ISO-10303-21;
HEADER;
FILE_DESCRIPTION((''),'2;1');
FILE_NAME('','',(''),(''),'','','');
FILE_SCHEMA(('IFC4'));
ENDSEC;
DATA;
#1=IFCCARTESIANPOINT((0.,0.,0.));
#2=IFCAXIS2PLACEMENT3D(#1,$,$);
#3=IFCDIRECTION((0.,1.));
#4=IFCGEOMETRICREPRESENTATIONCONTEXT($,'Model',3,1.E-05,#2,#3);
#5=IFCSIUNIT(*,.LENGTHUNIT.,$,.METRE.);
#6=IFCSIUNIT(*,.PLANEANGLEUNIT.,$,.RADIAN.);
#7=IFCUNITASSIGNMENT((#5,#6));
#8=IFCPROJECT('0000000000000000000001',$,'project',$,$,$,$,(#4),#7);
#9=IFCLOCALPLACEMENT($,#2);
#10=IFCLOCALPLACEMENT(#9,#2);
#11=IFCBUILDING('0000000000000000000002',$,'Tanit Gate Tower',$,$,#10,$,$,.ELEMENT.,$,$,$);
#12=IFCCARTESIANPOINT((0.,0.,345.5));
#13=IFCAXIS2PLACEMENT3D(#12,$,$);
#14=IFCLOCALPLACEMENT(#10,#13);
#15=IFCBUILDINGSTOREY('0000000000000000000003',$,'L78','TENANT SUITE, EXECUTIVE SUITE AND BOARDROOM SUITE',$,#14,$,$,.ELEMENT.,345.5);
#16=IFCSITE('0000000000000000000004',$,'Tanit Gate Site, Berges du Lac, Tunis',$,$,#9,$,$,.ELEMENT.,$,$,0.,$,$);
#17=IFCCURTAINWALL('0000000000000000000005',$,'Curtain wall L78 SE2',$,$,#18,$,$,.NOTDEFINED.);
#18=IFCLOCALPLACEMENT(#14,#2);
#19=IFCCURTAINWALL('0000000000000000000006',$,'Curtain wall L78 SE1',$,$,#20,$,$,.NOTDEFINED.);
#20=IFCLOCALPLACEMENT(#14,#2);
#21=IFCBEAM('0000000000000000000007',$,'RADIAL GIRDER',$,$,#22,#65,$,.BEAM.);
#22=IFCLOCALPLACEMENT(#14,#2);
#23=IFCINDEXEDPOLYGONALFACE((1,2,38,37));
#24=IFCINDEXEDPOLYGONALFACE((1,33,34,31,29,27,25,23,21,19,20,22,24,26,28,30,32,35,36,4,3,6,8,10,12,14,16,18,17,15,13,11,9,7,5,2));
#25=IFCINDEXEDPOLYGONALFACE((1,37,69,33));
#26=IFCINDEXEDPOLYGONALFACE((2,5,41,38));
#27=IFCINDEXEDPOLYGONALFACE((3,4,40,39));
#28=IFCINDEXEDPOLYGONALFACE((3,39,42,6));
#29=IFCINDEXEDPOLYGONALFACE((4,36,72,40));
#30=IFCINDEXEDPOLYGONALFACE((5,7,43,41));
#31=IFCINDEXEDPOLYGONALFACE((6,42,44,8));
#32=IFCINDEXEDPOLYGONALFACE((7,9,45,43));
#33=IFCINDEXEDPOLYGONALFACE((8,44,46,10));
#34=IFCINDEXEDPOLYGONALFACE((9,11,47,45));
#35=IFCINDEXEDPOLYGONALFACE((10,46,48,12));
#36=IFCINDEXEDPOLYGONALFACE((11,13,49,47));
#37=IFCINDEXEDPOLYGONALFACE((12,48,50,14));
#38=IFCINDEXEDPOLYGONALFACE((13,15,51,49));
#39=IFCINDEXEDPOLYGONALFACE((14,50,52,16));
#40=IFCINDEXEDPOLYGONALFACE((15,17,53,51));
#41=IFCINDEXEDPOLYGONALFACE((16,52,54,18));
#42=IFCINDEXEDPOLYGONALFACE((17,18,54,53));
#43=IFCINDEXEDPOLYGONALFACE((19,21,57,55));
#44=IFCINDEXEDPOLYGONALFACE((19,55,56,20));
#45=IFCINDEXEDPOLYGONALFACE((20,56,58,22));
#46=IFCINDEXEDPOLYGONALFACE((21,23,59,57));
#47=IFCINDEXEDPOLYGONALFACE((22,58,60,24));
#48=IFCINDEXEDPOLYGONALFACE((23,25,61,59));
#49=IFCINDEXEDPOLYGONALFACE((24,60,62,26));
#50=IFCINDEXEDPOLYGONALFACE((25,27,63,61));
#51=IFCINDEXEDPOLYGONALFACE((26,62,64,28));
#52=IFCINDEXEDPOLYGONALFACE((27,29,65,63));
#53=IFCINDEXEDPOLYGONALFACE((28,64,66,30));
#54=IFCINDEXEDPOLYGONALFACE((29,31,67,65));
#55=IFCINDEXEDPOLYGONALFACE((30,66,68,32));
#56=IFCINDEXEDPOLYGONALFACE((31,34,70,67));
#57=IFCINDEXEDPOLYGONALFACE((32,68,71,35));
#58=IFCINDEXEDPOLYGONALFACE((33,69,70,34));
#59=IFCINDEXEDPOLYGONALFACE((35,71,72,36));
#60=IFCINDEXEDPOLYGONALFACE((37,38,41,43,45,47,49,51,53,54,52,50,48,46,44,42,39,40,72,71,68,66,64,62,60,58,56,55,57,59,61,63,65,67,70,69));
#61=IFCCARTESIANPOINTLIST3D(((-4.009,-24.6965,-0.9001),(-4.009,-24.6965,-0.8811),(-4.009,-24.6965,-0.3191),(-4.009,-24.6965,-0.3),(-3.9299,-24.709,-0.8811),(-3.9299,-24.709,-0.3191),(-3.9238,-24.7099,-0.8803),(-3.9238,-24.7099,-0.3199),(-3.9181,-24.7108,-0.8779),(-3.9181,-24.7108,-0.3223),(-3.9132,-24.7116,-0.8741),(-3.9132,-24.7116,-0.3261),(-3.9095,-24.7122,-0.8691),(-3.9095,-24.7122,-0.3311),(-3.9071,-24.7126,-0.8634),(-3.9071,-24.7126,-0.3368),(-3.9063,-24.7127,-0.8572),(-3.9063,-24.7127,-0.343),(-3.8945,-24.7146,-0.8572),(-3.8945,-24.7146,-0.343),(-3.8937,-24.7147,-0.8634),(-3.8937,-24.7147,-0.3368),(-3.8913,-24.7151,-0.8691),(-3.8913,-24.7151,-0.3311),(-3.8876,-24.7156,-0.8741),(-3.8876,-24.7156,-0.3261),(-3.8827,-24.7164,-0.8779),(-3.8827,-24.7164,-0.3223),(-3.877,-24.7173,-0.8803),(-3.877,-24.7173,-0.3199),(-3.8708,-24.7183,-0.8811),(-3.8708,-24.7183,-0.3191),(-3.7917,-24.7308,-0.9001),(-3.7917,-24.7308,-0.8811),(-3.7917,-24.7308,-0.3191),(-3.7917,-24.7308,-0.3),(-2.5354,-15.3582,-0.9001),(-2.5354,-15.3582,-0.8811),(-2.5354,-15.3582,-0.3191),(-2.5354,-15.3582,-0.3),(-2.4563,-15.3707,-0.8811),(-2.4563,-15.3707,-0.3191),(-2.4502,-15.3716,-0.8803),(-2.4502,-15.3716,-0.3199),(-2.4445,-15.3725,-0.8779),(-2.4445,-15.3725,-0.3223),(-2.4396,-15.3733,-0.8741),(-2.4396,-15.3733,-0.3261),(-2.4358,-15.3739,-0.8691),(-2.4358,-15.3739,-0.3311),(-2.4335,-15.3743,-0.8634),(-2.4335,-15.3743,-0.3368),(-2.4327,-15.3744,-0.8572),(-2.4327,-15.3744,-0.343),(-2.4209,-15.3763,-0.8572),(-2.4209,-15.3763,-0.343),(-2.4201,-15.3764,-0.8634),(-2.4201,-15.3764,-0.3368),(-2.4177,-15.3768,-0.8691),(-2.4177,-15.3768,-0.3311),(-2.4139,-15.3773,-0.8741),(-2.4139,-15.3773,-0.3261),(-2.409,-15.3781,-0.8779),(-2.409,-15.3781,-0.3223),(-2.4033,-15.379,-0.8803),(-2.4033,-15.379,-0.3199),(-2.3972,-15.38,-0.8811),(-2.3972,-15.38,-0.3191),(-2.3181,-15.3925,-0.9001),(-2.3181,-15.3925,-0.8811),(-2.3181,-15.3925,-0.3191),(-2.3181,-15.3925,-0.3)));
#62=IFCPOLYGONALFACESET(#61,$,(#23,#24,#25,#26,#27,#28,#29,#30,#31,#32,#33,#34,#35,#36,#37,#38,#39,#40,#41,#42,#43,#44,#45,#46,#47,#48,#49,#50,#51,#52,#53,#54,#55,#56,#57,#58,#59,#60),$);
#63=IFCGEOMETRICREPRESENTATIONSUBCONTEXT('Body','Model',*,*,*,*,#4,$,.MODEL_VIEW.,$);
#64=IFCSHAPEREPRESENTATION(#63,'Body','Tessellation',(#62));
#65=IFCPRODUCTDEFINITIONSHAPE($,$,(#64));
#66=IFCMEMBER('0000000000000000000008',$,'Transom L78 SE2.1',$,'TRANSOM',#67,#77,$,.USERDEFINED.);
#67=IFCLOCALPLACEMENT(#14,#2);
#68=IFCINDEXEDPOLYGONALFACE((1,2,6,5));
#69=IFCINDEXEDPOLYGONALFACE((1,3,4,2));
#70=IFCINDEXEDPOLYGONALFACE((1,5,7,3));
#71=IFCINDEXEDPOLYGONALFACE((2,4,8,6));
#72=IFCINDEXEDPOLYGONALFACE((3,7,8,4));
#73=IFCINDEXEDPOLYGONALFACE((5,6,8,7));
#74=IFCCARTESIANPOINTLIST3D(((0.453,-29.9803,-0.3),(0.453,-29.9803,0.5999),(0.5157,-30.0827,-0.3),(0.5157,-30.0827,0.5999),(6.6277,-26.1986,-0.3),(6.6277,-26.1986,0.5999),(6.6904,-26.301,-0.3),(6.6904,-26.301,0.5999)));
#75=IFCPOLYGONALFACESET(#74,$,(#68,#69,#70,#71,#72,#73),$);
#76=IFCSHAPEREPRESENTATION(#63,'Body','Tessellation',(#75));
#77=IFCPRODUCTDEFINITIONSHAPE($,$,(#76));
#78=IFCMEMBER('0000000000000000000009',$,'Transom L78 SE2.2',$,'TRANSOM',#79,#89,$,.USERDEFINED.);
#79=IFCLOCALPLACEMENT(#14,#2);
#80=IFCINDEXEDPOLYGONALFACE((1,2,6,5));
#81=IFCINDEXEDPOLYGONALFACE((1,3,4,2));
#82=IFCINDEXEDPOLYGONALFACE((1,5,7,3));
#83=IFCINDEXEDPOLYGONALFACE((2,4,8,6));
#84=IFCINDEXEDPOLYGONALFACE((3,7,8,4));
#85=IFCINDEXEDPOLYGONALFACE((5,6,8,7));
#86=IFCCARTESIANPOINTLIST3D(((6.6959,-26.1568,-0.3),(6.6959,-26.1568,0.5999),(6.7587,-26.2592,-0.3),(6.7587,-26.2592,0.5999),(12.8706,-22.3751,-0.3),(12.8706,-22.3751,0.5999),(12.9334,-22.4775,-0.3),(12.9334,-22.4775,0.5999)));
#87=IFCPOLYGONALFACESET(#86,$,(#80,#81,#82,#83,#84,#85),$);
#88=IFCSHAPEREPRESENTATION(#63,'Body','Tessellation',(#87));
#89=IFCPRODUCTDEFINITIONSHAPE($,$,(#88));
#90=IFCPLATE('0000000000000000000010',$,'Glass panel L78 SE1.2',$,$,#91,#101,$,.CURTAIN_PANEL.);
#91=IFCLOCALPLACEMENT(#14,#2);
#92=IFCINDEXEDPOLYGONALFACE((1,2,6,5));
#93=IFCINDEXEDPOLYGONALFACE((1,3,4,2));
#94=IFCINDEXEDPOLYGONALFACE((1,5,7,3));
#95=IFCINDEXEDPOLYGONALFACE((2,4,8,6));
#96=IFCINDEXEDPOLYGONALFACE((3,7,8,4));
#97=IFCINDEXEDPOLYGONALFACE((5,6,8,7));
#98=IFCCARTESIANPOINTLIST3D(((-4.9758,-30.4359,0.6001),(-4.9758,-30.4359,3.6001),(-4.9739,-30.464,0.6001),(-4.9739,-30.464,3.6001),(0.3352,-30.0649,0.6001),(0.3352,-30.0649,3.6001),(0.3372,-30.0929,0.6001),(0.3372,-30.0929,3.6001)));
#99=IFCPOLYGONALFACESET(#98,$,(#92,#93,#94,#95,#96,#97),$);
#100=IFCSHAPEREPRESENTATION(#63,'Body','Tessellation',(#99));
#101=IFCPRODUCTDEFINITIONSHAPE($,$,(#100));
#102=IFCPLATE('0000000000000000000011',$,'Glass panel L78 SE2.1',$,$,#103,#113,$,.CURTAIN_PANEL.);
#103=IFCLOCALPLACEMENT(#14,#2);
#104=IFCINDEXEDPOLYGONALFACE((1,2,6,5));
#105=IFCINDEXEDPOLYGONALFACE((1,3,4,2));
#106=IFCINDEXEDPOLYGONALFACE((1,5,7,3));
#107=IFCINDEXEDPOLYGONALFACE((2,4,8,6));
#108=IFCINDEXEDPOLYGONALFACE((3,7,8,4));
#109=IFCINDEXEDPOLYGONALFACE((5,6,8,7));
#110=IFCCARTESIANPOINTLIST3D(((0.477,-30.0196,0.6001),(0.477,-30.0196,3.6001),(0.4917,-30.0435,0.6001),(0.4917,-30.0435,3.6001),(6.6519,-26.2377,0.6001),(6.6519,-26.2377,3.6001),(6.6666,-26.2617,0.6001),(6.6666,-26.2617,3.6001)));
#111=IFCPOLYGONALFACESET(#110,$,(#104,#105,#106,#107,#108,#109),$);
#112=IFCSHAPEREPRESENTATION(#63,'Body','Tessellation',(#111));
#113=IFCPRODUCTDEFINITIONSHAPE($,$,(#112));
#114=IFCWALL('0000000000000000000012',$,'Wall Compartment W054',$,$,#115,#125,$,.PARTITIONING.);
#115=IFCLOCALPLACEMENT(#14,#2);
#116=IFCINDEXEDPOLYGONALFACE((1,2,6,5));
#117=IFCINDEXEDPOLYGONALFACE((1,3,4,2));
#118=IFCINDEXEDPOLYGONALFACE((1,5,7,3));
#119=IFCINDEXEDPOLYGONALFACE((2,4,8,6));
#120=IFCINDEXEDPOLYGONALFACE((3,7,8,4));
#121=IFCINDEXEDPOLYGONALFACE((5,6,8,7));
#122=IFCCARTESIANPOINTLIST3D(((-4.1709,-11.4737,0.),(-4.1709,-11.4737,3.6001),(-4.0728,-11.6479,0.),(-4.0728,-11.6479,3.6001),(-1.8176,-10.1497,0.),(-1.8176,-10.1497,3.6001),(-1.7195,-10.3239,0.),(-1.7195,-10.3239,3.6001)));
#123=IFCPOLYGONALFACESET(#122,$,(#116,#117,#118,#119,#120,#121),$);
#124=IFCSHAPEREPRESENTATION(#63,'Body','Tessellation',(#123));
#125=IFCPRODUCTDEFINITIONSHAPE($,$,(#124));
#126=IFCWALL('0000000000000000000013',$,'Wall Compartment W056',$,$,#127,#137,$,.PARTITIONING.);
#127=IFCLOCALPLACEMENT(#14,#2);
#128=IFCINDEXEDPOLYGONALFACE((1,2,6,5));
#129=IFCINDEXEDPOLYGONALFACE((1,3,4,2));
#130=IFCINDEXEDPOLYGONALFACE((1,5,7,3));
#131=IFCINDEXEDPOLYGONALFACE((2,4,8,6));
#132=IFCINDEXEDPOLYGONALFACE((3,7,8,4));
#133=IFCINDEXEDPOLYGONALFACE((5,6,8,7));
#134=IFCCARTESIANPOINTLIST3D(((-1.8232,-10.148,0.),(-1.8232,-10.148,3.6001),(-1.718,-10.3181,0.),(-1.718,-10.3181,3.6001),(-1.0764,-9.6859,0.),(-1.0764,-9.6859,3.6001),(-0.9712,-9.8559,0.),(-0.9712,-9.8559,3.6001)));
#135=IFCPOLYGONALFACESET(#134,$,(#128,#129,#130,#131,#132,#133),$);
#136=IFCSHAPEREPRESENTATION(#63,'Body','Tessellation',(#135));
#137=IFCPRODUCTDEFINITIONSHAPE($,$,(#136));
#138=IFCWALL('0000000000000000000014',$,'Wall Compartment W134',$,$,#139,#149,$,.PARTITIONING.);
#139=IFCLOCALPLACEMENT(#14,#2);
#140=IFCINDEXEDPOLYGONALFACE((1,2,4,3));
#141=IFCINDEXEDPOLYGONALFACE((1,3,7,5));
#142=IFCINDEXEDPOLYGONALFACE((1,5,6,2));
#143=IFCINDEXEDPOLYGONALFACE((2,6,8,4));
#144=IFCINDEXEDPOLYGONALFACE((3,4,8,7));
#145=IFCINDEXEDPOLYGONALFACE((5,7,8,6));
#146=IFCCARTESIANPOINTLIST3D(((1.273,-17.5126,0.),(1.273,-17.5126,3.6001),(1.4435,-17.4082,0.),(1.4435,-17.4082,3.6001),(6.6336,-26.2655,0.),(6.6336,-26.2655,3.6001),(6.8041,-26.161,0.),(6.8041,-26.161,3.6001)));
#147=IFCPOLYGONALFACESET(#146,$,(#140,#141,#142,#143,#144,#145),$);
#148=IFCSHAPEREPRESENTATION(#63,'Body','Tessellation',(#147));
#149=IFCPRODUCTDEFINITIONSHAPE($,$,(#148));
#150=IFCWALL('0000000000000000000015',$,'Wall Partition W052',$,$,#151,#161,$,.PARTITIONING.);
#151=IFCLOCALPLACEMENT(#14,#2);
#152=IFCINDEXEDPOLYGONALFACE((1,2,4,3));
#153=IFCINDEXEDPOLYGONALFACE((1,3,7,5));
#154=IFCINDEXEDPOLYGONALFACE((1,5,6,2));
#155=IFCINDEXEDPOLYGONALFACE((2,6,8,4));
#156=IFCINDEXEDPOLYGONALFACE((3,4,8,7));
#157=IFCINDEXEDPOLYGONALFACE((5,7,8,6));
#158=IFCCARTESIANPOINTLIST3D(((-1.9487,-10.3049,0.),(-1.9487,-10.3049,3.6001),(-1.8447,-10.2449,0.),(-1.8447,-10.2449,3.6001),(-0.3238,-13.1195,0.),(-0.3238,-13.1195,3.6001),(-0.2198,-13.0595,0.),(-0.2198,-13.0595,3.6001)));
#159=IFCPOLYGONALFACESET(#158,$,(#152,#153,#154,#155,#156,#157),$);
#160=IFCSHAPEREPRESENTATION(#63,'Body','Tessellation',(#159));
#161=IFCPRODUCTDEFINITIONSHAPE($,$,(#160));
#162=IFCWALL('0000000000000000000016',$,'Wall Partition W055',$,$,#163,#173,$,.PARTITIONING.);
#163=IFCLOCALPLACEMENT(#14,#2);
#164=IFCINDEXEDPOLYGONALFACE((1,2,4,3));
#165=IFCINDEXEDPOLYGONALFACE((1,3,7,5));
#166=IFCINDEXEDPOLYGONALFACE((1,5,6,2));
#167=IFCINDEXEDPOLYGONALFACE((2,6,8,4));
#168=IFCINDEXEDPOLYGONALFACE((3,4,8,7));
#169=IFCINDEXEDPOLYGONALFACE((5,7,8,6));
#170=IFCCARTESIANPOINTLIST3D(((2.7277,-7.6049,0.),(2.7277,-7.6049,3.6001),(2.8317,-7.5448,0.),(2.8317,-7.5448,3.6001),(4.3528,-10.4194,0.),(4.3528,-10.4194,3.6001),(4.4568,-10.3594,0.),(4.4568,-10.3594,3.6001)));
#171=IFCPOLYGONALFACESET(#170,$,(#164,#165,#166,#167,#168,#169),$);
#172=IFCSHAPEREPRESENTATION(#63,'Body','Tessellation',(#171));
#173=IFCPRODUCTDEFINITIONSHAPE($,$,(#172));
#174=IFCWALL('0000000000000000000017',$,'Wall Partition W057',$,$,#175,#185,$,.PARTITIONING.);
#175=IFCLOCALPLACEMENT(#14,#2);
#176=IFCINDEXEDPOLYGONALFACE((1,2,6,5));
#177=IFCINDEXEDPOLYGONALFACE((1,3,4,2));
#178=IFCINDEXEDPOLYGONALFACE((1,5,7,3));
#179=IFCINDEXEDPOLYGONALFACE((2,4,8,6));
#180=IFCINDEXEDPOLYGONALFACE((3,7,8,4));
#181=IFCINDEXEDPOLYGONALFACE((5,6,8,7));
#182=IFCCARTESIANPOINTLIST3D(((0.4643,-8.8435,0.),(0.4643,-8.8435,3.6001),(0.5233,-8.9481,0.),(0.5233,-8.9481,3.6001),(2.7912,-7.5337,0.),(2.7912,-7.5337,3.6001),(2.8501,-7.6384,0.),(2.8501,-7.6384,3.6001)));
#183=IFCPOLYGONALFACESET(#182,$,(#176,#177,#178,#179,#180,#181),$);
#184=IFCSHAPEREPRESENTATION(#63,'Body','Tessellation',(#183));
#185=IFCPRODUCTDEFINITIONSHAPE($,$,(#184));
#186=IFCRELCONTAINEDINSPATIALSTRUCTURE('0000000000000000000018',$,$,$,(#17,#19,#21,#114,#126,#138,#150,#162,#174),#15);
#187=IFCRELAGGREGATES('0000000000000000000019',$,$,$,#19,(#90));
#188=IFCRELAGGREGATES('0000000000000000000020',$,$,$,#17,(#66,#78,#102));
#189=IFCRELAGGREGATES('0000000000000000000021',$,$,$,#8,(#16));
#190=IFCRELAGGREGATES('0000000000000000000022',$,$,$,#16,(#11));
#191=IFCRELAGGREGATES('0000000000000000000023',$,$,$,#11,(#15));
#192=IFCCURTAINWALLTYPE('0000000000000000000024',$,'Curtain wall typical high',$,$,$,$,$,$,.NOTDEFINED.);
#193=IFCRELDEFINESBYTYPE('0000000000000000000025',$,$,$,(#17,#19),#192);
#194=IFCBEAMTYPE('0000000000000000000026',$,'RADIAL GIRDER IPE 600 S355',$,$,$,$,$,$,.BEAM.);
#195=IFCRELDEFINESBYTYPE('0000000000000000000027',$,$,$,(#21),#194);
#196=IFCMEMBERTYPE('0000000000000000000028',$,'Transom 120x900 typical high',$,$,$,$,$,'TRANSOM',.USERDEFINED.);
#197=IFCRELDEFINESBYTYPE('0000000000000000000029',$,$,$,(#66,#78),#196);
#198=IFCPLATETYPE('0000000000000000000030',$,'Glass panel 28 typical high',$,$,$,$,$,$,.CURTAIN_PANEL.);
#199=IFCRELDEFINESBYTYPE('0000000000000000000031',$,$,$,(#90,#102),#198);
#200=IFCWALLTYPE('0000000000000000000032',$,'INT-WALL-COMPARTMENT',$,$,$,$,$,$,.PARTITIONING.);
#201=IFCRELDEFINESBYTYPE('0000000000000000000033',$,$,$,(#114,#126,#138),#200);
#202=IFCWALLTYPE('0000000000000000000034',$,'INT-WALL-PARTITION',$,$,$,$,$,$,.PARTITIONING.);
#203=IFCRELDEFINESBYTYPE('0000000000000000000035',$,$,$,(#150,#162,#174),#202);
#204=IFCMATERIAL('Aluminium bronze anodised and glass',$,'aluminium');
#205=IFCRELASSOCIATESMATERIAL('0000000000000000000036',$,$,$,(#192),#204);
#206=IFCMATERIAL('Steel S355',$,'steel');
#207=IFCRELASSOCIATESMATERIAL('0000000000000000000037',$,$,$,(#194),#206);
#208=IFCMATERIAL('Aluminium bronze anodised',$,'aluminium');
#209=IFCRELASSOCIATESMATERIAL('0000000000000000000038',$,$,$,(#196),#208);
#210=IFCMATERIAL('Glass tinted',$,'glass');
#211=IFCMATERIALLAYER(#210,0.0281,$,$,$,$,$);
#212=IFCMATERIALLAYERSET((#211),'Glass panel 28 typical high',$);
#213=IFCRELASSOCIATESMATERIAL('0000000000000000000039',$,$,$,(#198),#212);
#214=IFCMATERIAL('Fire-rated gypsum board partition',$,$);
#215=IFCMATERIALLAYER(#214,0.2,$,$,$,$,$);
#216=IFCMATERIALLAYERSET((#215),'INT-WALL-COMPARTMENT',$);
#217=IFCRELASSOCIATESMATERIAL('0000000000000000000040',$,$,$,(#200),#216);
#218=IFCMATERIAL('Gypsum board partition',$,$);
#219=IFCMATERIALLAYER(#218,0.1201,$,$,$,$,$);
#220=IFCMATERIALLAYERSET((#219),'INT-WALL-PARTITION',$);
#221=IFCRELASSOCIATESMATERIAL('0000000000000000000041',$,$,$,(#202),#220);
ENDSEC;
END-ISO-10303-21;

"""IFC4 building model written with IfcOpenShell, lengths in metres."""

from ifc_helpers import new_model, si_unit, direction, frame, frame_2d, origin, origin_2d, place, context, subcontext, project, spatial, rectangle, i_section, extrude, material, layer, layer_set, material_profile, profile_set, type_object, element, aggregate, save


model = new_model("IFC4")

# Units and contexts
model_context = context("Model", 3, precision=1e-05, world=origin(), true_north=direction((0.0, 1.0)))
body_context = subcontext(model_context, "Body", "Model", "MODEL_VIEW")
ifc_project = project(units=[si_unit("LENGTHUNIT", "METRE"), si_unit("PLANEANGLEUNIT", "RADIAN")], contexts=[model_context])

# Site, building, storey
site_placement = place(None, origin())
site = spatial("IfcSite", under=ifc_project, at=site_placement, Name="Tanit Gate Site, Berges du Lac, Tunis", CompositionType="ELEMENT", RefElevation=0.0)
building_placement = place(site_placement, origin())
building = spatial("IfcBuilding", under=site, at=building_placement, Name="Tanit Gate Tower", CompositionType="ELEMENT")
storey_placement = place(building_placement, frame((0.0, 0.0, 345.5)))
storey = spatial("IfcBuildingStorey", under=building, at=storey_placement, Name="L78", Description="TENANT SUITE, EXECUTIVE SUITE AND BOARDROOM SUITE", CompositionType="ELEMENT", Elevation=345.5)

# Curtain wall
ifc_material_1 = material(Name="Aluminium bronze anodised and glass", Category="aluminium")
curtain_wall_type = type_object("IfcCurtainWallType", Name="Curtain wall typical high", PredefinedType="NOTDEFINED", material=ifc_material_1)
curtain_wall_1_placement = place(storey_placement, origin())
curtain_wall_1 = element("IfcCurtainWall", 1, at=curtain_wall_1_placement, inside=storey, type_object=curtain_wall_type, Name="Curtain wall L78 SE2", PredefinedType="NOTDEFINED")

# Curtain wall
curtain_wall_2_placement = place(storey_placement, origin())
curtain_wall_2 = element("IfcCurtainWall", 2, at=curtain_wall_2_placement, inside=storey, type_object=curtain_wall_type, Name="Curtain wall L78 SE1", PredefinedType="NOTDEFINED")

# Beam
ifc_material_2 = material(Name="Steel S355", Category="steel")
ifc_material_profile_1 = material_profile(ifc_material_2, i_section(OverallWidth=0.22, OverallDepth=0.6001, WebThickness=0.012, FlangeThickness=0.019, FilletRadius=0.0239, at=origin_2d()), Name="IPE 600")
ifc_profile_set_1 = profile_set([ifc_material_profile_1], Name="Steel S355")
beam_type_1 = type_object("IfcBeamType", Name="RADIAL GIRDER IPE 600 S355", PredefinedType="BEAM", material=ifc_profile_set_1)
beam_1_placement = place(storey_placement, frame((-3.9004, -24.7136, -0.6001), z_axis=(0.155875, 0.987777, 0.0), x_axis=(-0.987777, 0.155875, 0.0)))
element("IfcBeam", 3, at=beam_1_placement, inside=storey, type_object=beam_type_1, Name="RADIAL GIRDER", PredefinedType="BEAM", context=body_context, shape_type="SweptSolid", body=[
    extrude(i_section(OverallWidth=0.22, OverallDepth=0.6001, WebThickness=0.012, FlangeThickness=0.019, FilletRadius=0.0239, at=origin_2d()), origin(), (0.0, 0.0, 1.0), 9.4539),
])

# Members
ifc_material_3 = material(Name="Aluminium bronze anodised", Category="aluminium")
ifc_material_profile_2 = material_profile(ifc_material_3, rectangle(XDim=0.1201, YDim=0.8999, at=origin_2d()), Name="120x900 bronze transom")
ifc_profile_set_2 = profile_set([ifc_material_profile_2], Name="Aluminium bronze anodised")
member_type_1 = type_object("IfcMemberType", Name="Transom 120x900 typical high", ElementType="TRANSOM", PredefinedType="USERDEFINED", material=ifc_profile_set_2)
member_1_placement = place(storey_placement, frame((0.4844, -30.0315, 0.1499), z_axis=(0.852775, 0.522279, 0.0), x_axis=(-0.522279, 0.852775, 0.0)))
member_1 = element("IfcMember", 4, at=member_1_placement, type_object=member_type_1, Name="Transom L78 SE2.1", ObjectType="TRANSOM", PredefinedType="USERDEFINED", context=body_context, shape_type="SweptSolid", body=[
    extrude(rectangle(XDim=0.1201, YDim=0.8999, at=origin_2d()), origin(), (0.0, 0.0, 1.0), 7.2407),
])
member_2_placement = place(storey_placement, frame((6.7273, -26.208, 0.1499), z_axis=(0.852775, 0.522279, 0.0), x_axis=(-0.522279, 0.852775, 0.0)))
member_2 = element("IfcMember", 5, at=member_2_placement, type_object=member_type_1, Name="Transom L78 SE2.2", ObjectType="TRANSOM", PredefinedType="USERDEFINED", context=body_context, shape_type="SweptSolid", body=[
    extrude(rectangle(XDim=0.1201, YDim=0.8999, at=origin_2d()), origin(), (0.0, 0.0, 1.0), 7.2407),
])

# Plates
ifc_material_4 = material(Name="Glass tinted", Category="glass")
ifc_layer_1 = layer(ifc_material_4, 0.0281)
ifc_layer_set_1 = layer_set([ifc_layer_1], Name="Glass panel 28 typical high")
plate_type = type_object("IfcPlateType", Name="Glass panel 28 typical high", PredefinedType="CURTAIN_PANEL", material=ifc_layer_set_1)
plate_1_placement = place(storey_placement, frame((-2.3193, -30.2644, 0.6001), z_axis=(0.0, 0.0, 1.0), x_axis=(0.997568, 0.069702, 0.0)))
plate_1 = element("IfcPlate", 6, at=plate_1_placement, type_object=plate_type, Name="Glass panel L78 SE1.2", PredefinedType="CURTAIN_PANEL", context=body_context, shape_type="SweptSolid", body=[
    extrude(rectangle(XDim=5.324, YDim=0.0281, at=origin_2d()), origin(), (0.0, 0.0, 1.0), 3.0),
])
aggregate(curtain_wall_2, [plate_1])
plate_2_placement = place(storey_placement, frame((3.5718, -28.1406, 0.6001), z_axis=(0.0, 0.0, 1.0), x_axis=(0.852772, 0.522283, 0.0)))
plate_2 = element("IfcPlate", 7, at=plate_2_placement, type_object=plate_type, Name="Glass panel L78 SE2.1", PredefinedType="CURTAIN_PANEL", context=body_context, shape_type="SweptSolid", body=[
    extrude(rectangle(XDim=7.241, YDim=0.0281, at=origin_2d()), origin(), (0.0, 0.0, 1.0), 3.0),
])
aggregate(curtain_wall_1, [member_1, member_2, plate_2])

# Walls
ifc_material_5 = material(Name="Fire-rated gypsum board partition")
ifc_layer_2 = layer(ifc_material_5, 0.2)
ifc_layer_set_2 = layer_set([ifc_layer_2], Name="INT-WALL-COMPARTMENT")
wall_type_1 = type_object("IfcWallType", Name="INT-WALL-COMPARTMENT", PredefinedType="PARTITIONING", material=ifc_layer_set_2)
wall_1_placement = place(storey_placement, frame((-1.7686, -10.2368, 0.0), z_axis=(0.0, 0.0, 1.0), x_axis=(-0.871534, -0.490334, 0.0)))
element("IfcWall", 8, at=wall_1_placement, inside=storey, type_object=wall_type_1, Name="Wall Compartment W054", PredefinedType="PARTITIONING", context=body_context, shape_type="SweptSolid", body=[
    extrude(rectangle(XDim=2.7002, YDim=0.2, at=frame_2d((1.3501, 0.0))), origin(), (0.0, 0.0, 1.0), 3.6001),
])
wall_2_placement = place(storey_placement, frame((-1.0239, -9.771, 0.0), z_axis=(0.0, 0.0, 1.0), x_axis=(-0.850348, -0.526221, 0.0)))
element("IfcWall", 9, at=wall_2_placement, inside=storey, type_object=wall_type_1, Name="Wall Compartment W056", PredefinedType="PARTITIONING", context=body_context, shape_type="SweptSolid", body=[
    extrude(rectangle(XDim=0.8782, YDim=0.2, at=frame_2d((0.439, 0.0))), origin(), (0.0, 0.0, 1.0), 3.6001),
])
wall_3_placement = place(storey_placement, frame((6.7188, -26.2131, 0.0), z_axis=(0.0, 0.0, 1.0), x_axis=(-0.522271, 0.852779, 0.0)))
element("IfcWall", 10, at=wall_3_placement, inside=storey, type_object=wall_type_1, Name="Wall Compartment W134", PredefinedType="PARTITIONING", context=body_context, shape_type="SweptSolid", body=[
    extrude(rectangle(XDim=10.2639, YDim=0.2, at=frame_2d((5.1318, 0.0))), origin(), (0.0, 0.0, 1.0), 3.6001),
])
ifc_material_6 = material(Name="Gypsum board partition")
ifc_layer_3 = layer(ifc_material_6, 0.1201)
ifc_layer_set_3 = layer_set([ifc_layer_3], Name="INT-WALL-PARTITION")
wall_type_2 = type_object("IfcWallType", Name="INT-WALL-PARTITION", PredefinedType="PARTITIONING", material=ifc_layer_set_3)
for number, where, z_axis, x_axis, name in (
    (11, (-1.8967, -10.2749, 0.0), (0.0, 0.0, 1.0), (0.499985, -0.866034, 0.0), "Wall Partition W052"),
    (12, (4.4048, -10.3894, 0.0), (0.0, 0.0, 1.0), (-0.500017, 0.866015, 0.0), "Wall Partition W055"),
):
    element("IfcWall", number, at=place(storey_placement, frame(where, z_axis=z_axis, x_axis=x_axis)), inside=storey, type_object=wall_type_2, Name=name, PredefinedType="PARTITIONING", context=body_context, shape_type="SweptSolid", body=[
        extrude(rectangle(XDim=3.25, YDim=0.1201, at=frame_2d((1.625, 0.0))), origin(), (0.0, 0.0, 1.0), 3.6001),
    ])
wall_4_placement = place(storey_placement, frame((0.4939, -8.8958, 0.0), z_axis=(0.0, 0.0, 1.0), x_axis=(0.871427, 0.490526, 0.0)))
element("IfcWall", 13, at=wall_4_placement, inside=storey, type_object=wall_type_2, Name="Wall Partition W057", PredefinedType="PARTITIONING", context=body_context, shape_type="SweptSolid", body=[
    extrude(rectangle(XDim=2.6702, YDim=0.1201, at=frame_2d((1.335, 0.0))), origin(), (0.0, 0.0, 1.0), 3.6001),
])

save(model, "model.ifc")
